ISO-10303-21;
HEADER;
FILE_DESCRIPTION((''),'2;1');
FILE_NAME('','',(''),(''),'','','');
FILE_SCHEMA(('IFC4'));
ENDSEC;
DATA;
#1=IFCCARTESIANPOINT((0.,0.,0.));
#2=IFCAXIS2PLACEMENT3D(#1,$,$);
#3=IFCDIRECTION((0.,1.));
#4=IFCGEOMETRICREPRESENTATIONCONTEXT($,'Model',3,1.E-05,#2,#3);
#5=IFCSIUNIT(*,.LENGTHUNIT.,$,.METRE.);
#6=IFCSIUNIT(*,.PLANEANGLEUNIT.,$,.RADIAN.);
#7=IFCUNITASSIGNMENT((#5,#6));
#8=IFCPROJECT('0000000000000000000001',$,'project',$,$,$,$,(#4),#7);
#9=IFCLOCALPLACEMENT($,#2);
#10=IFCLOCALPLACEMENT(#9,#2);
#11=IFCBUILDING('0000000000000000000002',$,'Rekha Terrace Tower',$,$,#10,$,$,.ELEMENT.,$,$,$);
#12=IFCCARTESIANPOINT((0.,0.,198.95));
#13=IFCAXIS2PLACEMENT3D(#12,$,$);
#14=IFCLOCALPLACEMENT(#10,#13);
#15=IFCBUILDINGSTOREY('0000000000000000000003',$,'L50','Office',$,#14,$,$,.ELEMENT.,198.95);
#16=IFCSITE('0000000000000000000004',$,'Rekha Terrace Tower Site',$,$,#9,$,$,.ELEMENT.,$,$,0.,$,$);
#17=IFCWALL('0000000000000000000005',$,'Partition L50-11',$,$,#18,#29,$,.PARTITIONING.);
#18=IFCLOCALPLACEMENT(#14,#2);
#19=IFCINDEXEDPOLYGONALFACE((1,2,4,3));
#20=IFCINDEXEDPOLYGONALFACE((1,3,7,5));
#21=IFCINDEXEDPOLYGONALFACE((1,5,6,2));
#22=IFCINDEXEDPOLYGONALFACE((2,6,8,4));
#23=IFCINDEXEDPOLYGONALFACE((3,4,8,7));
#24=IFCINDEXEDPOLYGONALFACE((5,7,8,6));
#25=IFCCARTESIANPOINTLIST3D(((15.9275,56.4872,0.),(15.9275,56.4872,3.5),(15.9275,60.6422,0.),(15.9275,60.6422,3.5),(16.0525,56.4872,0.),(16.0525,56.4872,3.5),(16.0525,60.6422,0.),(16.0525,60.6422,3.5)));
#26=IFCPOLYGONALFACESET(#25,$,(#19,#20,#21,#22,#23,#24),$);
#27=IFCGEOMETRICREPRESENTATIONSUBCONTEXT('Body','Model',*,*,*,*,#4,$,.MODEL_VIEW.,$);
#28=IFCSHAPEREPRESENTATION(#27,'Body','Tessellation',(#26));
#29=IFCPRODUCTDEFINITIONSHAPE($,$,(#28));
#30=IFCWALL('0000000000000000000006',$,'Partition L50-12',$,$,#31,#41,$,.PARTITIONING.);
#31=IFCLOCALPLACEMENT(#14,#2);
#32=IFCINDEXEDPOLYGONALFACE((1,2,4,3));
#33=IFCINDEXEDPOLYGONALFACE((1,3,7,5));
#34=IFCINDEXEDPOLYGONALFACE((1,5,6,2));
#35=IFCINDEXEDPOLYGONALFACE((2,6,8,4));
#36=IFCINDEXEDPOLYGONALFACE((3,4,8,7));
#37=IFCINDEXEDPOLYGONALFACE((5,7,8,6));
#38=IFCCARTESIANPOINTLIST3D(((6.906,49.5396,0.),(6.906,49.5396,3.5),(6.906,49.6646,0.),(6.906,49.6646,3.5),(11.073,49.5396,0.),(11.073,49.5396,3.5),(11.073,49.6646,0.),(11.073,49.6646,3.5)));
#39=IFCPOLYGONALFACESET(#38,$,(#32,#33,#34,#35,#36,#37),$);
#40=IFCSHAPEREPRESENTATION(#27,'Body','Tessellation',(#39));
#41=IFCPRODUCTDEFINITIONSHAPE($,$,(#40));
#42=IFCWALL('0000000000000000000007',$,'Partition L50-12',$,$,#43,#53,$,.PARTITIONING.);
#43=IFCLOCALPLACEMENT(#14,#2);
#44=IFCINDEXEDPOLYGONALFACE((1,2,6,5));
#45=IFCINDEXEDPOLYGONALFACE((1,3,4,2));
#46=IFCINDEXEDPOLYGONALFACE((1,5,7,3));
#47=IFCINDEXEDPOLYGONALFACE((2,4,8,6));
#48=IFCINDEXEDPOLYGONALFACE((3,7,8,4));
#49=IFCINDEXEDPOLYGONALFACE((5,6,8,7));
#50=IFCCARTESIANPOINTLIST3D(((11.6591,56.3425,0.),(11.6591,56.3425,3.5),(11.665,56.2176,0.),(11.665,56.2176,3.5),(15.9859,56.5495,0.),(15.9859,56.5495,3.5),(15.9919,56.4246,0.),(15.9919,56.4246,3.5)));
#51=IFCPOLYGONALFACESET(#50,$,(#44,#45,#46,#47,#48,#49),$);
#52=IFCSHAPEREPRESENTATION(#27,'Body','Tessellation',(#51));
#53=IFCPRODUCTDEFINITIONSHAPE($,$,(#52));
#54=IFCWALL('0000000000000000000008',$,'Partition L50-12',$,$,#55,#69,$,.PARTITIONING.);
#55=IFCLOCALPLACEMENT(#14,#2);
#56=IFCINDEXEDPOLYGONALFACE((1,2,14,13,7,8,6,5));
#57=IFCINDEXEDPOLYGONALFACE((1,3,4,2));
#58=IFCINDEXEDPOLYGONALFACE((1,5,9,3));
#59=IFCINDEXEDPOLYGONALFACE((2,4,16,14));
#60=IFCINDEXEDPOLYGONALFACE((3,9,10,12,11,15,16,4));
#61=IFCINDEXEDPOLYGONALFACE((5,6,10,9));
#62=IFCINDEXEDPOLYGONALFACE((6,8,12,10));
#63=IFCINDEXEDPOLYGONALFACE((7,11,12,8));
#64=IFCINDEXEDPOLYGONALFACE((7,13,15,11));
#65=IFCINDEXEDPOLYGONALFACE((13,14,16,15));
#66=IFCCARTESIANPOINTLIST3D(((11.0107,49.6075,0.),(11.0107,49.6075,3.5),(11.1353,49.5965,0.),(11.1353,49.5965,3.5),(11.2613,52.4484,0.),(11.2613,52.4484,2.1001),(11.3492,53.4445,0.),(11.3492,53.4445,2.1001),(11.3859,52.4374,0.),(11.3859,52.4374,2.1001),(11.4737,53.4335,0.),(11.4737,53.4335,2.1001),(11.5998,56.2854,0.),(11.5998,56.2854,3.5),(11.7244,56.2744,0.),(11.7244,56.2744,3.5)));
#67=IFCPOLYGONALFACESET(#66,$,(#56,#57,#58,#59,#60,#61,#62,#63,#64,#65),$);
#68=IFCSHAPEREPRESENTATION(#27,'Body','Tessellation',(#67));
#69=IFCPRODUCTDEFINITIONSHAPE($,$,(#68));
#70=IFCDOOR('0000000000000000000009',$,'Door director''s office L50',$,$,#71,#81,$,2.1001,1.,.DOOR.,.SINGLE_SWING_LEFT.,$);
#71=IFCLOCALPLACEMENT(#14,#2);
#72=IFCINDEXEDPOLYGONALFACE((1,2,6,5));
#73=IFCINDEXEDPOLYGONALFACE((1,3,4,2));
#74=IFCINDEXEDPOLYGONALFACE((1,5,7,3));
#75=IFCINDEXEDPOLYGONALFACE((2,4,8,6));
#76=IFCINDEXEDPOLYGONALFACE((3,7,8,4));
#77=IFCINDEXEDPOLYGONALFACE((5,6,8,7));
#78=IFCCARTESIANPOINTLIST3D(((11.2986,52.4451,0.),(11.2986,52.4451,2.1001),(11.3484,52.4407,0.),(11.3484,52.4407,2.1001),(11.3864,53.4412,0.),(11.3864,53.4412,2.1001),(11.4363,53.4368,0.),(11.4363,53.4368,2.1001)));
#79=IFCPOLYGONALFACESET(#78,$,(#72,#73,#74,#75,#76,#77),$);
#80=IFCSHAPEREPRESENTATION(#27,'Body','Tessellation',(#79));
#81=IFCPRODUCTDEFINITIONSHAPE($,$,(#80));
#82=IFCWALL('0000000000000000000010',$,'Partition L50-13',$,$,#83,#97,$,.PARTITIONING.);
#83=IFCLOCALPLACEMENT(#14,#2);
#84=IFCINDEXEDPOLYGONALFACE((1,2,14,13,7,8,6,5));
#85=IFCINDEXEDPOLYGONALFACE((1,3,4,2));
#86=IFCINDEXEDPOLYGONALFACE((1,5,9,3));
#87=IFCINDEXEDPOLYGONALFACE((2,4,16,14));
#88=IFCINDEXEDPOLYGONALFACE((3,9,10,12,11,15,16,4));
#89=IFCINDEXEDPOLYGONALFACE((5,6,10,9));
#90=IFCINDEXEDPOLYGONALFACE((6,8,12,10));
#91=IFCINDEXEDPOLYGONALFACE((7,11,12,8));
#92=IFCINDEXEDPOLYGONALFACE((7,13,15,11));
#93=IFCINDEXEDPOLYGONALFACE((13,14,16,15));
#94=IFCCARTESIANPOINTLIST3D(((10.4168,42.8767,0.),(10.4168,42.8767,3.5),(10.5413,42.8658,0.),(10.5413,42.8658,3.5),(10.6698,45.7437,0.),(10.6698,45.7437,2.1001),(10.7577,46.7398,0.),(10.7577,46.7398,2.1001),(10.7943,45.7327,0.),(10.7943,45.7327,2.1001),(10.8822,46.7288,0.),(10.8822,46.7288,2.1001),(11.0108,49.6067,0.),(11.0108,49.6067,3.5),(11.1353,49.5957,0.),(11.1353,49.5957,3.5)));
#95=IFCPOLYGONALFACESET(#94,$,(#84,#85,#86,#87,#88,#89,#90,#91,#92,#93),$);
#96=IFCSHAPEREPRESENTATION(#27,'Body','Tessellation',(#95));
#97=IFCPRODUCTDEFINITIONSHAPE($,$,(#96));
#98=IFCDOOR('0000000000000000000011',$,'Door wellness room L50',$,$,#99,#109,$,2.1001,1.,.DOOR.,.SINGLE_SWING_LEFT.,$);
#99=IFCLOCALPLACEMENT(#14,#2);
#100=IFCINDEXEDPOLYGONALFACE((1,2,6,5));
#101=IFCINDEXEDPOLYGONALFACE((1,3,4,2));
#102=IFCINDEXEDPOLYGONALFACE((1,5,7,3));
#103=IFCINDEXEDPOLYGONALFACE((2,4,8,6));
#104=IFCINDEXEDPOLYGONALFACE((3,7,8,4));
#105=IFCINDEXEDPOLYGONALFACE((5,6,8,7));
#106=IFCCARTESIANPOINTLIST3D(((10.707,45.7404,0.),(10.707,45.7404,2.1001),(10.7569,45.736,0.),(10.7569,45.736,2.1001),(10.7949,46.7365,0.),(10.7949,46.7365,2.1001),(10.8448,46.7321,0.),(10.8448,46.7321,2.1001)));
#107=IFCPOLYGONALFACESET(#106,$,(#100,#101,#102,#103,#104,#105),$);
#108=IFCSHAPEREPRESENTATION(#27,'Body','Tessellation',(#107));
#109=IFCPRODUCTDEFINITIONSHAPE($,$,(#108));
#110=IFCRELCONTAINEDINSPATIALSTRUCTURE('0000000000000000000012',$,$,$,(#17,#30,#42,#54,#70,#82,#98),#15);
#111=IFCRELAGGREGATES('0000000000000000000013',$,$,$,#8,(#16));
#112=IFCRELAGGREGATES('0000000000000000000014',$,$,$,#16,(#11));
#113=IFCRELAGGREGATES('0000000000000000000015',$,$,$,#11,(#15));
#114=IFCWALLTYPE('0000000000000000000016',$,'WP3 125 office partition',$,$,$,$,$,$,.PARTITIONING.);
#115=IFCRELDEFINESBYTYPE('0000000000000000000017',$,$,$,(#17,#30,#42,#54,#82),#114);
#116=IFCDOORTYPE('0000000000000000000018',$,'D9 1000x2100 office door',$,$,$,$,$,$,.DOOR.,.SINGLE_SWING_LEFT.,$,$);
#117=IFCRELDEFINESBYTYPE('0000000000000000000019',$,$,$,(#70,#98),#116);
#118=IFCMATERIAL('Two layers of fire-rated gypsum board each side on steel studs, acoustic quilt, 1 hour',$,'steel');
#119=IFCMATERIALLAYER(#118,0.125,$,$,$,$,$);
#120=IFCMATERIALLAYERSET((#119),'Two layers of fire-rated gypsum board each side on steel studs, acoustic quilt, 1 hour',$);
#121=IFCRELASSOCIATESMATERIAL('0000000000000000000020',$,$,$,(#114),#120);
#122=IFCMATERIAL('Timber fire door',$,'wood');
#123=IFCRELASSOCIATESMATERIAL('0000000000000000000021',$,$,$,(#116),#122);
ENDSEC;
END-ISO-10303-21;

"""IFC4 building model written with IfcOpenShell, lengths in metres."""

from ifc_helpers import new_model, si_unit, direction, frame, frame_2d, origin, place, context, subcontext, project, spatial, rectangle, extrude, material, layer, layer_set, type_object, element, fill, save


model = new_model("IFC4")

# Units and contexts
model_context = context("Model", 3, precision=1e-05, world=origin(), true_north=direction((0.0, 1.0)))
body_context = subcontext(model_context, "Body", "Model", "MODEL_VIEW")
ifc_project = project(units=[si_unit("LENGTHUNIT", "METRE"), si_unit("PLANEANGLEUNIT", "RADIAN")], contexts=[model_context])

# Site, building, storey
site_placement = place(None, origin())
site = spatial("IfcSite", under=ifc_project, at=site_placement, Name="Rekha Terrace Tower Site", CompositionType="ELEMENT", RefElevation=0.0)
building_placement = place(site_placement, origin())
building = spatial("IfcBuilding", under=site, at=building_placement, Name="Rekha Terrace Tower", CompositionType="ELEMENT")
storey_placement = place(building_placement, frame((0.0, 0.0, 198.95)))
storey = spatial("IfcBuildingStorey", under=building, at=storey_placement, Name="L50", Description="Office", CompositionType="ELEMENT", Elevation=198.95)

# Walls
ifc_material_1 = material(Name="Two layers of fire-rated gypsum board each side on steel studs, acoustic quilt, 1 hour", Category="steel")
ifc_layer_1 = layer(ifc_material_1, 0.125)
ifc_layer_set_1 = layer_set([ifc_layer_1], Name="Two layers of fire-rated gypsum board each side on steel studs, acoustic quilt, 1 hour")
wall_type = type_object("IfcWallType", Name="WP3 125 office partition", PredefinedType="PARTITIONING", material=ifc_layer_set_1)
wall_1_placement = place(storey_placement, frame((15.99, 56.4871, 0.0), z_axis=(0.0, 0.0, 1.0), x_axis=(0.0, 1.0, 0.0)))
element("IfcWall", 1, at=wall_1_placement, inside=storey, type_object=wall_type, Name="Partition L50-11", PredefinedType="PARTITIONING", context=body_context, shape_type="SweptSolid", body=[
    extrude(rectangle(XDim=4.155, YDim=0.125, at=frame_2d((2.0776, 0.0))), origin(), (0.0, 0.0, 1.0), 3.5),
])
wall_2_placement = place(storey_placement, frame((11.073, 49.6021, 0.0), z_axis=(0.0, 0.0, 1.0), x_axis=(-1.0, 0.0, 0.0)))
element("IfcWall", 2, at=wall_2_placement, inside=storey, type_object=wall_type, Name="Partition L50-12", PredefinedType="PARTITIONING", context=body_context, shape_type="SweptSolid", body=[
    extrude(rectangle(XDim=4.167, YDim=0.125, at=frame_2d((2.0835, 0.0))), origin(), (0.0, 0.0, 1.0), 3.5),
])
wall_3_placement = place(storey_placement, frame((15.989, 56.4871, 0.0), z_axis=(0.0, 0.0, 1.0), x_axis=(-0.998857, -0.047793, 0.0)))
element("IfcWall", 3, at=wall_3_placement, inside=storey, type_object=wall_type, Name="Partition L50-12", PredefinedType="PARTITIONING", context=body_context, shape_type="SweptSolid", body=[
    extrude(rectangle(XDim=4.3318, YDim=0.125, at=frame_2d((2.166, 0.0))), origin(), (0.0, 0.0, 1.0), 3.5),
])

# Walls, openings, doors
wall_4_placement = place(storey_placement, frame((11.6621, 56.28, 0.0), z_axis=(0.0, 0.0, 1.0), x_axis=(-0.087876, -0.996131, 0.0)))
wall_4 = element("IfcWall", 4, at=wall_4_placement, inside=storey, type_object=wall_type, Name="Partition L50-12", PredefinedType="PARTITIONING", context=body_context, shape_type="SweptSolid", body=[
    extrude(rectangle(XDim=6.7039, YDim=0.125, at=frame_2d((3.3521, 0.0))), origin(), (0.0, 0.0, 1.0), 3.5),
])
opening_1_placement = place(wall_4_placement, frame((2.8521, 0.0, 0.0)))
opening_1 = element("IfcOpeningElement", 5, at=opening_1_placement, cuts=wall_4, PredefinedType="OPENING", context=body_context, shape_type="SweptSolid", body=[
    extrude(rectangle(XDim=1.0, YDim=2.1001, at=frame_2d((0.5, 1.05))), frame((0.0, 0.0725, 0.0), z_axis=(0.0, -1.0, 0.0), x_axis=(1.0, 0.0, 0.0)), (0.0, 0.0, 1.0), 0.145),
])
ifc_material_2 = material(Name="Timber fire door", Category="wood")
door_type = type_object("IfcDoorType", Name="D9 1000x2100 office door", OperationType="SINGLE_SWING_LEFT", PredefinedType="DOOR", material=ifc_material_2)
door_1_placement = place(opening_1_placement, origin())
door_1 = element("IfcDoor", 6, at=door_1_placement, inside=storey, type_object=door_type, Name="Door director's office L50", OperationType="SINGLE_SWING_LEFT", OverallHeight=2.1001, OverallWidth=1.0, PredefinedType="DOOR", context=body_context, shape_type="SweptSolid", body=[
    extrude(rectangle(XDim=1.0, YDim=2.1001, at=frame_2d((0.5, 1.05))), frame((0.0, 0.0249, 0.0), z_axis=(0.0, -1.0, 0.0), x_axis=(1.0, 0.0, 0.0)), (0.0, 0.0, 1.0), 0.05),
])
fill(opening_1, door_1)
wall_5_placement = place(storey_placement, frame((11.073, 49.6011, 0.0), z_axis=(0.0, 0.0, 1.0), x_axis=(-0.087919, -0.996128, 0.0)))
wall_5 = element("IfcWall", 7, at=wall_5_placement, inside=storey, type_object=wall_type, Name="Partition L50-13", PredefinedType="PARTITIONING", context=body_context, shape_type="SweptSolid", body=[
    extrude(rectangle(XDim=6.7561, YDim=0.125, at=frame_2d((3.3779, 0.0))), origin(), (0.0, 0.0, 1.0), 3.5),
])
opening_2_placement = place(wall_5_placement, frame((2.8779, 0.0, 0.0)))
opening_2 = element("IfcOpeningElement", 8, at=opening_2_placement, cuts=wall_5, PredefinedType="OPENING", context=body_context, shape_type="SweptSolid", body=[
    extrude(rectangle(XDim=1.0, YDim=2.1001, at=frame_2d((0.5, 1.05))), frame((0.0, 0.0725, 0.0), z_axis=(0.0, -1.0, 0.0), x_axis=(1.0, 0.0, 0.0)), (0.0, 0.0, 1.0), 0.145),
])
door_2_placement = place(opening_2_placement, origin())
door_2 = element("IfcDoor", 9, at=door_2_placement, inside=storey, type_object=door_type, Name="Door wellness room L50", OperationType="SINGLE_SWING_LEFT", OverallHeight=2.1001, OverallWidth=1.0, PredefinedType="DOOR", context=body_context, shape_type="SweptSolid", body=[
    extrude(rectangle(XDim=1.0, YDim=2.1001, at=frame_2d((0.5, 1.05))), frame((0.0, 0.0249, 0.0), z_axis=(0.0, -1.0, 0.0), x_axis=(1.0, 0.0, 0.0)), (0.0, 0.0, 1.0), 0.05),
])
fill(opening_2, door_2)

save(model, "model.ifc")
